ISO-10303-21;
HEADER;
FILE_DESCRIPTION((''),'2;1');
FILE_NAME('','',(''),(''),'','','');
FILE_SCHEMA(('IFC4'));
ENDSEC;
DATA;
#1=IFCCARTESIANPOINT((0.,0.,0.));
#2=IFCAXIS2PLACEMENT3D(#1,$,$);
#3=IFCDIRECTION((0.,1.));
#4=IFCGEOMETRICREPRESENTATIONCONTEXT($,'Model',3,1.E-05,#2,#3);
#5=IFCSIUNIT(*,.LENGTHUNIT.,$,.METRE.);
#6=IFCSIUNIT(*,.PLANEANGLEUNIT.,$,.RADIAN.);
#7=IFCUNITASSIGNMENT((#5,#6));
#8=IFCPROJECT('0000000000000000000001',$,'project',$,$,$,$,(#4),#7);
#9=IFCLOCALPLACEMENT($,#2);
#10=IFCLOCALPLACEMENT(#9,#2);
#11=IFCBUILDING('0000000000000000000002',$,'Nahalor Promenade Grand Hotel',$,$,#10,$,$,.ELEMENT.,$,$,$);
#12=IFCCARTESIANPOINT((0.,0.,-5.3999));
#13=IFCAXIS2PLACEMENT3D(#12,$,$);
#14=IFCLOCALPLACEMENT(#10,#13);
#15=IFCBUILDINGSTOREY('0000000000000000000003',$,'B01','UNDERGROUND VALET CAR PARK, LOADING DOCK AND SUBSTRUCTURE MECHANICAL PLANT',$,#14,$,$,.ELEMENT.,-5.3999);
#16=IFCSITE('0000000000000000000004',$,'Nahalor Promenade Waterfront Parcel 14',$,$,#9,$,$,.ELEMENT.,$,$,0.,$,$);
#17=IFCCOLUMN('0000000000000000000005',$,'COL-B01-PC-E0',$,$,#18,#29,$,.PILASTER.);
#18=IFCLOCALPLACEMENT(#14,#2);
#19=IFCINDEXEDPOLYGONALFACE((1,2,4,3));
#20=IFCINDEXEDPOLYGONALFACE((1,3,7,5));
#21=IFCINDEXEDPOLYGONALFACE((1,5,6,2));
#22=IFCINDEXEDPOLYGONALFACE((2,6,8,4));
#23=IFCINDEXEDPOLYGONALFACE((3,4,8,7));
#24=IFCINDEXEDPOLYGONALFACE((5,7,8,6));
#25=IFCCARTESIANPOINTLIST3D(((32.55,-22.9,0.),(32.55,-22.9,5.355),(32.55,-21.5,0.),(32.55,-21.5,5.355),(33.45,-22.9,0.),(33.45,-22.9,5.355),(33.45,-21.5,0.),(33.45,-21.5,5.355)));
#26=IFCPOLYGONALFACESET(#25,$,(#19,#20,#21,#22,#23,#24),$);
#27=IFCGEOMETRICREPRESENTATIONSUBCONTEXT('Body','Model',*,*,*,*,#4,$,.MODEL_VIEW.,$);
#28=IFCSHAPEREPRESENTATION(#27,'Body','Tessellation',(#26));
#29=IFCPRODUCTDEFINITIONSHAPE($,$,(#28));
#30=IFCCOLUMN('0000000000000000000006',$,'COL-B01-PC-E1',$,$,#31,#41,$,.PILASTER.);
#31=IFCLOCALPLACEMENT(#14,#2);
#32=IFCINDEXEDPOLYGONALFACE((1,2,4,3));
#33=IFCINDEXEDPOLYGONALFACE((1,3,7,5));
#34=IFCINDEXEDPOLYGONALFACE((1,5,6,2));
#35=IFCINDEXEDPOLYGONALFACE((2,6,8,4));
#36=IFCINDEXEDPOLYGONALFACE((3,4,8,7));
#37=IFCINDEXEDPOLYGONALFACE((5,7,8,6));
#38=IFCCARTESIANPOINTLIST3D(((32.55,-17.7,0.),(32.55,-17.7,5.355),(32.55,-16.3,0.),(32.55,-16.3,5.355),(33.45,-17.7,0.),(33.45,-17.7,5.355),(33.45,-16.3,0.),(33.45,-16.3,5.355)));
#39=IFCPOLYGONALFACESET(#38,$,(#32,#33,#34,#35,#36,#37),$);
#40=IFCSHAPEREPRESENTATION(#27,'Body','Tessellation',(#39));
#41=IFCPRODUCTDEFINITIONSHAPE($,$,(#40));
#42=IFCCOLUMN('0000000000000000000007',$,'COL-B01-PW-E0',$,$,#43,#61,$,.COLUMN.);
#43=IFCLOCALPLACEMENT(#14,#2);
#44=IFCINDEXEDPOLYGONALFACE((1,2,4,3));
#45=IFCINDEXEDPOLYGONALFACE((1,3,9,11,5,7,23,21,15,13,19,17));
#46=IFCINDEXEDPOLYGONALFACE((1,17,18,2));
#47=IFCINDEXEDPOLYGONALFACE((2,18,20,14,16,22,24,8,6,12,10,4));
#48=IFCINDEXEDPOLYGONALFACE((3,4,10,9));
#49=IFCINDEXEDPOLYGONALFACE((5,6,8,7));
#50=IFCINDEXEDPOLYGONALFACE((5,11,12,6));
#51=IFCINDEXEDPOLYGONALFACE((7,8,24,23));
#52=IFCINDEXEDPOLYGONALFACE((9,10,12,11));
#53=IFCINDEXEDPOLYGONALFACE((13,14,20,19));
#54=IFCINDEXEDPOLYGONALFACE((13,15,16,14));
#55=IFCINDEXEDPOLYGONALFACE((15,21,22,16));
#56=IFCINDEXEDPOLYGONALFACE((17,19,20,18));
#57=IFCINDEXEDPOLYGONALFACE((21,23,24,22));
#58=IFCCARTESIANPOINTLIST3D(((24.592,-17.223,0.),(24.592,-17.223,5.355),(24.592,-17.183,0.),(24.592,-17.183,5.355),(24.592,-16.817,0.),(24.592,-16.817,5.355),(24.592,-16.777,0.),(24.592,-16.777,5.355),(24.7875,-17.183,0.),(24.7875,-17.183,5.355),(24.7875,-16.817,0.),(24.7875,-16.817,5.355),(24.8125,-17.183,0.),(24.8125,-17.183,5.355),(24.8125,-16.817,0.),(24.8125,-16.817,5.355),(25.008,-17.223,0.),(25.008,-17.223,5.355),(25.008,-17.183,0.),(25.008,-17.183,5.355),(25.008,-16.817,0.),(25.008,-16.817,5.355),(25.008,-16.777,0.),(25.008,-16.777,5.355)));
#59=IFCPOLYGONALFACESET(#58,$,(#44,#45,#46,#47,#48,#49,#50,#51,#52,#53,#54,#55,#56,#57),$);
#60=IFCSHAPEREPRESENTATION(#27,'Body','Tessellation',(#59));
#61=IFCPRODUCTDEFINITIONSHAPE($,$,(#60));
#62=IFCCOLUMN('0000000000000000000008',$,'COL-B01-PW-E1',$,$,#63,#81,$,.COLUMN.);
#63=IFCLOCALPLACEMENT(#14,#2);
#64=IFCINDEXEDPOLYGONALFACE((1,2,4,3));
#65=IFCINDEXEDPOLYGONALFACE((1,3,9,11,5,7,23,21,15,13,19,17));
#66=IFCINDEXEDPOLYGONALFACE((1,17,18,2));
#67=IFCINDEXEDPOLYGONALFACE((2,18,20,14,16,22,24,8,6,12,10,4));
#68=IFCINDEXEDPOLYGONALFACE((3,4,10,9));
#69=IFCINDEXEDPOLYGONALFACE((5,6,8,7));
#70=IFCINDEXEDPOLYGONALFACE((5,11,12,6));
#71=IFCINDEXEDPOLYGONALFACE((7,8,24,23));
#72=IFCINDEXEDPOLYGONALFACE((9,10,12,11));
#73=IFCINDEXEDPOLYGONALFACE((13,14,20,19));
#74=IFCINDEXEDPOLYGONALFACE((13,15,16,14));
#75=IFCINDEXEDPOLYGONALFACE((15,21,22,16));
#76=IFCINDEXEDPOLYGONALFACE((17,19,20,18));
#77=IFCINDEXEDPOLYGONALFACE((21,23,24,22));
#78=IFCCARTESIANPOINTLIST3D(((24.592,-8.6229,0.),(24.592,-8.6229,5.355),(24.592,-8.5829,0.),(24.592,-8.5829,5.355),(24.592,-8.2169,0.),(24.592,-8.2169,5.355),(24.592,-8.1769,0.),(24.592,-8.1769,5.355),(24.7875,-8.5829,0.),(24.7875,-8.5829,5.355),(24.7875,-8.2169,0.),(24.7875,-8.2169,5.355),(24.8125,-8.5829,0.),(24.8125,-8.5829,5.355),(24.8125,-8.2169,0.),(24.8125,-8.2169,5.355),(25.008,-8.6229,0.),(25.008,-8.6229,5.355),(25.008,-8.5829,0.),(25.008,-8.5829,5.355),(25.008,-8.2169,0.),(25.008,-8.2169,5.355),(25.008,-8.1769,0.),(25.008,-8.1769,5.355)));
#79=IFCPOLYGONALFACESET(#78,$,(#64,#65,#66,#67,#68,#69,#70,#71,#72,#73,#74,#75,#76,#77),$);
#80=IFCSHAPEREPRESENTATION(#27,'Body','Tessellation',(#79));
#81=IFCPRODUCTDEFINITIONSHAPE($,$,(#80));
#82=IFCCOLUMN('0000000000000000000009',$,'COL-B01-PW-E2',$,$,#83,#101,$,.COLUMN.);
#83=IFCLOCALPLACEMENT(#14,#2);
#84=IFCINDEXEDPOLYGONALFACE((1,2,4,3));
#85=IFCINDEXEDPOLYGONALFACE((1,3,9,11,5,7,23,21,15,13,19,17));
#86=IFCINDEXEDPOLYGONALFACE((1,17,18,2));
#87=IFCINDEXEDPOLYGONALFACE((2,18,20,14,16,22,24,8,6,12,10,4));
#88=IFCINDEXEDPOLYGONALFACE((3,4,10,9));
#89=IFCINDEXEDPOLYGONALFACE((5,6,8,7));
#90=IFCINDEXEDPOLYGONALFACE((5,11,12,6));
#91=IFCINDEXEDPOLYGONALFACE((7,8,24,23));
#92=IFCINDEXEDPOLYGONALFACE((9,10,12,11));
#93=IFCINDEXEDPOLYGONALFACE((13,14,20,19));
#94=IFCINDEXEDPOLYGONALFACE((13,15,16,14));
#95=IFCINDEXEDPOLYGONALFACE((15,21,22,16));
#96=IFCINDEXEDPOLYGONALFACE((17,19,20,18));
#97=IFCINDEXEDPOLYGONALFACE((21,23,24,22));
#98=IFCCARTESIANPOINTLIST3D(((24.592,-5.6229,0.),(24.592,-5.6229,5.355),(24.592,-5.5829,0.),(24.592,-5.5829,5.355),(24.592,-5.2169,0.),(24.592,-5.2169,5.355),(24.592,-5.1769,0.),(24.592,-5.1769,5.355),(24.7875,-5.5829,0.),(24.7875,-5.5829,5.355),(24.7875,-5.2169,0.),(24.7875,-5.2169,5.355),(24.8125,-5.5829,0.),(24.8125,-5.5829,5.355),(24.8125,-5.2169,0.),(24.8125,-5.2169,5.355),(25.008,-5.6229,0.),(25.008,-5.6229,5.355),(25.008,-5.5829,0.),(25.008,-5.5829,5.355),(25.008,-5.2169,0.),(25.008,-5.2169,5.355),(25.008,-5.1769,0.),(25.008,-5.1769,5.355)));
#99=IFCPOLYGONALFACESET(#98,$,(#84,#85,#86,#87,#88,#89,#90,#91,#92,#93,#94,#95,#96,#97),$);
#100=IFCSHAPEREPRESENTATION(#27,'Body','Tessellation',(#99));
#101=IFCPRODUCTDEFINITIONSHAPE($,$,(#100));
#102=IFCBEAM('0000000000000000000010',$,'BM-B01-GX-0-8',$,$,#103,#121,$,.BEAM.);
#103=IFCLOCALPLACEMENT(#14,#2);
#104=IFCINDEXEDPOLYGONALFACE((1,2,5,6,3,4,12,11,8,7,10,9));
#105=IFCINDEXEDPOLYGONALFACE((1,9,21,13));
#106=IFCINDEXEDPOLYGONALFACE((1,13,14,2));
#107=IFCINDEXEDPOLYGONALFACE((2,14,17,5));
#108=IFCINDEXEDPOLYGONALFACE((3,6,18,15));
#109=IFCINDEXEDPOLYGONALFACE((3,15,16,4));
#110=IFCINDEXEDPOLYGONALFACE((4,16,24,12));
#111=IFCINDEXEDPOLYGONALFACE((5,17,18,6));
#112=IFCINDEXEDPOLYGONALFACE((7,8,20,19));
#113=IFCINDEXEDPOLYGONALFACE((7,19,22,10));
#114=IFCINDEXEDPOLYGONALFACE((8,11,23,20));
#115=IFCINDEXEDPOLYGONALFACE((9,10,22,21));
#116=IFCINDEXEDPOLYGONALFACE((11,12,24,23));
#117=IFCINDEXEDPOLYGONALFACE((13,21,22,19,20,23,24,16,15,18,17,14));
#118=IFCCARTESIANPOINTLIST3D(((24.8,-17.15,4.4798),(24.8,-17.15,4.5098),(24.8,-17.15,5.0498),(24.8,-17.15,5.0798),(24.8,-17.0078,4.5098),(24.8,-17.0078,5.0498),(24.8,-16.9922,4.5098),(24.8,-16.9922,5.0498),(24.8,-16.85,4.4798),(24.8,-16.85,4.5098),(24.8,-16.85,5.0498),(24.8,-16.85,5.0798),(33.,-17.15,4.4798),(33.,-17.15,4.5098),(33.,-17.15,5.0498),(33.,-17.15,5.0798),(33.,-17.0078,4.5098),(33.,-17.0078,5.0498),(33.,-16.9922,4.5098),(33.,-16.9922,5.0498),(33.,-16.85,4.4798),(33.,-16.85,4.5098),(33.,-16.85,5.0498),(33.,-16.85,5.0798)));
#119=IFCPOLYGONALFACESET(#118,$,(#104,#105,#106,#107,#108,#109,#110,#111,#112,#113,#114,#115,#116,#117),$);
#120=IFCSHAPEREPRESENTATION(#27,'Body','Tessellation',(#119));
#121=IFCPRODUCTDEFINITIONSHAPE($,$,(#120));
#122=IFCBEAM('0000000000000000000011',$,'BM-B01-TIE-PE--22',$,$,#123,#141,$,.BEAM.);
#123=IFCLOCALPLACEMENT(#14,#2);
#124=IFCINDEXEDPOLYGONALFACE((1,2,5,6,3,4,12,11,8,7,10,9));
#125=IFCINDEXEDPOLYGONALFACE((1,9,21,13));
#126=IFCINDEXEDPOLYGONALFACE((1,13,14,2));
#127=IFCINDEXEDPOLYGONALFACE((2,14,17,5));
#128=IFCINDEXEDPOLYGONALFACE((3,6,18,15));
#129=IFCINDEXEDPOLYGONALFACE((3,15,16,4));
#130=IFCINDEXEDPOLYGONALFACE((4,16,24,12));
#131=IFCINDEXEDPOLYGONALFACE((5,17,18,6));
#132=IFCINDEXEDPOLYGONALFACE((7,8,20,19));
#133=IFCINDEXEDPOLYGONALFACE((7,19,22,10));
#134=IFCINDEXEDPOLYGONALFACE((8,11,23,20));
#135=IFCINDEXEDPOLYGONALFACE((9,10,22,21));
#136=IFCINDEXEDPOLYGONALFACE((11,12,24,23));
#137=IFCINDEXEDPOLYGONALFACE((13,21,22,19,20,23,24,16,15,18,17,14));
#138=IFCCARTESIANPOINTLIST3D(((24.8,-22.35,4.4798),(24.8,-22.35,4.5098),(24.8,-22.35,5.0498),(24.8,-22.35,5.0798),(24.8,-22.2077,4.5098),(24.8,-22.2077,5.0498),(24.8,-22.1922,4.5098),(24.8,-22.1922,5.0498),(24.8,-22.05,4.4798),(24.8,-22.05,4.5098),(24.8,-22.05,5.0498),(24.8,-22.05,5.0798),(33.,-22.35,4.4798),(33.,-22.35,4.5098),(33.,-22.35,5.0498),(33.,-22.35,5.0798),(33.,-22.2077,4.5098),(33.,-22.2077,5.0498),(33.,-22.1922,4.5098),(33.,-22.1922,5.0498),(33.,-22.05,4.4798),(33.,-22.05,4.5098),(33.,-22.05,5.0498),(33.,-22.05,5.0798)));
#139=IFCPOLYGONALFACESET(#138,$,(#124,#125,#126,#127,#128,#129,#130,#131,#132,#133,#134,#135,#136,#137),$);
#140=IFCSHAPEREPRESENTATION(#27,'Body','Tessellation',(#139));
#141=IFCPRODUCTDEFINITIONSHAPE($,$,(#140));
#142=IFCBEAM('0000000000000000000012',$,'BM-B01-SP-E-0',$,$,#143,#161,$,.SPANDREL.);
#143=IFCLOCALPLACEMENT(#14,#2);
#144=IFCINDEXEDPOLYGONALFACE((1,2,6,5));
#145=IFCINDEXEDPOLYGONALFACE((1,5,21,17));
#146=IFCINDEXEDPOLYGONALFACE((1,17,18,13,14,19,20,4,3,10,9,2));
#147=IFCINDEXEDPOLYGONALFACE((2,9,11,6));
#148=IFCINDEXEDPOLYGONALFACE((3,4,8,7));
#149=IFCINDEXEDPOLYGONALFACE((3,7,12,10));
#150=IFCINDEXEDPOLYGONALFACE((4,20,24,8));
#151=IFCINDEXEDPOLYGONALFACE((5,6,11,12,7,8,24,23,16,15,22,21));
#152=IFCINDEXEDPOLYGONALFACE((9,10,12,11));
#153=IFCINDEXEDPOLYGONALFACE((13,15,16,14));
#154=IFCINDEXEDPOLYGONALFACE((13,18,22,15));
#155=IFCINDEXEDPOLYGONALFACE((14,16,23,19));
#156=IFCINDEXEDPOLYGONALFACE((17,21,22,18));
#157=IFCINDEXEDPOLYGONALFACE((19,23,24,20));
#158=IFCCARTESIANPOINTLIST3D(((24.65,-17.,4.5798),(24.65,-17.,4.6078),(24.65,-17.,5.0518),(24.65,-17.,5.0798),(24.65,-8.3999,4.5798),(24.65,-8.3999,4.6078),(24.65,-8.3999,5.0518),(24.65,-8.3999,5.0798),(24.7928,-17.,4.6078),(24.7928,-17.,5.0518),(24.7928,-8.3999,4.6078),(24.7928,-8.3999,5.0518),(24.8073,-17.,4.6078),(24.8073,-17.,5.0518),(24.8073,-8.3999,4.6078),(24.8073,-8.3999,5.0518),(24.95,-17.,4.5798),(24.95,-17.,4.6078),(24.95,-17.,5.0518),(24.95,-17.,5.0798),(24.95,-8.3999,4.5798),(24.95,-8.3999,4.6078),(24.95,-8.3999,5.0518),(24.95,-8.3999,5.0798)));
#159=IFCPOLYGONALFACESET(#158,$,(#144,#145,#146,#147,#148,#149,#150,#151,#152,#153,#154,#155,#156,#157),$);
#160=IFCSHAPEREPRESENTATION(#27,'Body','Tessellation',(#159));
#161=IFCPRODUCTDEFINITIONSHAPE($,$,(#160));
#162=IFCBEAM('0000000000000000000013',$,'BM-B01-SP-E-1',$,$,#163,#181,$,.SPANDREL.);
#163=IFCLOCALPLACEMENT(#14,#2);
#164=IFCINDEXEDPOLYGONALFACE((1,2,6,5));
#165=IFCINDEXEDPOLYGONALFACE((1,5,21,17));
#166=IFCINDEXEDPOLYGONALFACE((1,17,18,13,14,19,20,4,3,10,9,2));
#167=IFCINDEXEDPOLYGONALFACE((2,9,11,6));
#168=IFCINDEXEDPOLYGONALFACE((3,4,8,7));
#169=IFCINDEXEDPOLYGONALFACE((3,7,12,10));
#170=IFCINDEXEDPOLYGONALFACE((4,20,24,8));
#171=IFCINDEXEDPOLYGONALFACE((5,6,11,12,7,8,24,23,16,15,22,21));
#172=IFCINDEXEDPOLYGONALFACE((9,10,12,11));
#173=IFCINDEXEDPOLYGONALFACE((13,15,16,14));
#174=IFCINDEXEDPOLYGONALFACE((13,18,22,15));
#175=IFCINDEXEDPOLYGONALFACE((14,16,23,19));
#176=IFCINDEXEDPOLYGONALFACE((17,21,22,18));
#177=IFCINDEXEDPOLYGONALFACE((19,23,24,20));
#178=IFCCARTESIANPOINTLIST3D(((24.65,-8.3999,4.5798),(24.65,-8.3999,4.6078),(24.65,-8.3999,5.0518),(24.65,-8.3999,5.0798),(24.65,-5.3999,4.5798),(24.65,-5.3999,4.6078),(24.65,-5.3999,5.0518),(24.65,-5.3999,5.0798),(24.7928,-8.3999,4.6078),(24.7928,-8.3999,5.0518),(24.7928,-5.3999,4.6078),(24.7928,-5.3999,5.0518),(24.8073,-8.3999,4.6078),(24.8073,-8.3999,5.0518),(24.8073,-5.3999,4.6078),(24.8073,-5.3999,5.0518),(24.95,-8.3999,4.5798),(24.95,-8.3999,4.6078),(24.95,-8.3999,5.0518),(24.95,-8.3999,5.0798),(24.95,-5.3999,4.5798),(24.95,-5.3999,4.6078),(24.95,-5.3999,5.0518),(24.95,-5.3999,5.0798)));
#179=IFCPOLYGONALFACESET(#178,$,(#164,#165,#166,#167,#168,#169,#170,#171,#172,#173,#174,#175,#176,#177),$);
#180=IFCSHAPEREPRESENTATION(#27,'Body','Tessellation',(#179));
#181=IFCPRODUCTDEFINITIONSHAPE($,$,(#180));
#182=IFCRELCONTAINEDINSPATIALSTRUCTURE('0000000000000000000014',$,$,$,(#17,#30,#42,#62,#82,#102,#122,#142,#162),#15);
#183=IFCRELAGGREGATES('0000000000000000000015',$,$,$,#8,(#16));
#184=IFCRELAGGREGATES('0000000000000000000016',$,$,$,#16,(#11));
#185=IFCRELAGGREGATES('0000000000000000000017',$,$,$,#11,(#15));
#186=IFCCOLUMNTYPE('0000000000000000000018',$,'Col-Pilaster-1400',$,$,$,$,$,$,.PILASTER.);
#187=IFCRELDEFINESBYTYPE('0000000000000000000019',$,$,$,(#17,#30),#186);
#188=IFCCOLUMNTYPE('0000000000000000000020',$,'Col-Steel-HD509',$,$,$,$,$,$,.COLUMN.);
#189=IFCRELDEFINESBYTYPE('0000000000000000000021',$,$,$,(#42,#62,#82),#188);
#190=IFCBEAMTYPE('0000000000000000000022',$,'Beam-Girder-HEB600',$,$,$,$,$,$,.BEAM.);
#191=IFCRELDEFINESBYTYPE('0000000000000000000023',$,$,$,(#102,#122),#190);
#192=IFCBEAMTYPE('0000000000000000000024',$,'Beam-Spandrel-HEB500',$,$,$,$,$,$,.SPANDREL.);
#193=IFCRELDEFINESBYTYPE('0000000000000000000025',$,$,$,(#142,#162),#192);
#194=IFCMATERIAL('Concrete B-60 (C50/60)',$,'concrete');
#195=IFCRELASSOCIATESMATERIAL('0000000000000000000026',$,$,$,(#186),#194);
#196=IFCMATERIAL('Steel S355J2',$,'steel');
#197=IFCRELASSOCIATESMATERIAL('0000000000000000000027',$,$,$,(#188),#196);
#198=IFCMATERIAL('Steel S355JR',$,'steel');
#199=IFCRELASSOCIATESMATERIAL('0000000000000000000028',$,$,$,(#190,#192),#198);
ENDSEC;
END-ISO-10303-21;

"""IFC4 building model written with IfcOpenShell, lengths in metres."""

from ifc_helpers import new_model, si_unit, direction, frame, origin, origin_2d, place, context, subcontext, project, spatial, rectangle, i_section, extrude, source, transform, mapped, material, material_profile, profile_set, type_object, element, save


model = new_model("IFC4")

# Units and contexts
model_context = context("Model", 3, precision=1e-05, world=origin(), true_north=direction((0.0, 1.0)))
body_context = subcontext(model_context, "Body", "Model", "MODEL_VIEW")
ifc_project = project(units=[si_unit("LENGTHUNIT", "METRE"), si_unit("PLANEANGLEUNIT", "RADIAN")], contexts=[model_context])

# Site, building, storey
site_placement = place(None, origin())
site = spatial("IfcSite", under=ifc_project, at=site_placement, Name="Nahalor Promenade Waterfront Parcel 14", CompositionType="ELEMENT", RefElevation=0.0)
building_placement = place(site_placement, origin())
building = spatial("IfcBuilding", under=site, at=building_placement, Name="Nahalor Promenade Grand Hotel", CompositionType="ELEMENT")
storey_placement = place(building_placement, frame((0.0, 0.0, -5.3999)))
storey = spatial("IfcBuildingStorey", under=building, at=storey_placement, Name="B01", Description="UNDERGROUND VALET CAR PARK, LOADING DOCK AND SUBSTRUCTURE MECHANICAL PLANT", CompositionType="ELEMENT", Elevation=-5.3999)

# Columns
ifc_material_1 = material(Name="Concrete B-60 (C50/60)", Category="concrete")
ifc_material_profile_1 = material_profile(ifc_material_1, rectangle(XDim=0.9, YDim=1.4, at=origin_2d()), Name="RC 900x1400")
ifc_profile_set_1 = profile_set([ifc_material_profile_1], Name="Concrete B-60 (C50/60)")
column_type_1 = type_object("IfcColumnType", Name="Col-Pilaster-1400", PredefinedType="PILASTER", material=ifc_profile_set_1)
shared_shape_1 = source(origin(), body_context, "Body", "SweptSolid", [
    extrude(rectangle(XDim=0.9, YDim=1.4, at=origin_2d()), origin(), (0.0, 0.0, 1.0), 5.355),
])
for number, where, z_axis, x_axis, name in (
    (1, (33.0, -22.2, 0.0), (0.0, 0.0, 1.0), (1.0, 0.0, 0.0), "COL-B01-PC-E0"),
    (2, (33.0, -17.0, 0.0), (0.0, 0.0, 1.0), (1.0, 0.0, 0.0), "COL-B01-PC-E1"),
):
    element("IfcColumn", number, at=place(storey_placement, frame(where, z_axis=z_axis, x_axis=x_axis)), inside=storey, type_object=column_type_1, Name=name, PredefinedType="PILASTER", context=body_context, shape_type="MappedRepresentation", body=[
        mapped(shared_shape_1, transform((0.0, 0.0, 0.0), scale=1.0)),
    ])
ifc_material_2 = material(Name="Steel S355J2", Category="steel")
ifc_material_profile_2 = material_profile(ifc_material_2, i_section(OverallWidth=0.416, OverallDepth=0.446, WebThickness=0.025, FlangeThickness=0.04, at=origin_2d()), Name="HD 400x509")
ifc_profile_set_2 = profile_set([ifc_material_profile_2], Name="Steel S355J2")
column_type_2 = type_object("IfcColumnType", Name="Col-Steel-HD509", PredefinedType="COLUMN", material=ifc_profile_set_2)
shared_shape_2 = source(origin(), body_context, "Body", "SweptSolid", [
    extrude(i_section(OverallWidth=0.416, OverallDepth=0.446, WebThickness=0.025, FlangeThickness=0.04, at=origin_2d()), origin(), (0.0, 0.0, 1.0), 5.355),
])
for number, where, z_axis, x_axis, name in (
    (3, (24.8, -17.0, 0.0), (0.0, 0.0, 1.0), (1.0, 0.0, 0.0), "COL-B01-PW-E0"),
    (4, (24.8, -8.3999, 0.0), (0.0, 0.0, 1.0), (1.0, 0.0, 0.0), "COL-B01-PW-E1"),
    (5, (24.8, -5.3999, 0.0), (0.0, 0.0, 1.0), (1.0, 0.0, 0.0), "COL-B01-PW-E2"),
):
    element("IfcColumn", number, at=place(storey_placement, frame(where, z_axis=z_axis, x_axis=x_axis)), inside=storey, type_object=column_type_2, Name=name, PredefinedType="COLUMN", context=body_context, shape_type="MappedRepresentation", body=[
        mapped(shared_shape_2, transform((0.0, 0.0, 0.0), scale=1.0)),
    ])

# Beams
ifc_material_3 = material(Name="Steel S355JR", Category="steel")
ifc_material_profile_3 = material_profile(ifc_material_3, i_section(OverallWidth=0.3, OverallDepth=0.6, WebThickness=0.0155, FlangeThickness=0.03, at=origin_2d()), Name="HEB 600")
ifc_profile_set_3 = profile_set([ifc_material_profile_3], Name="Steel S355JR")
beam_type_1 = type_object("IfcBeamType", Name="Beam-Girder-HEB600", PredefinedType="BEAM", material=ifc_profile_set_3)
shared_shape_3 = source(origin(), body_context, "Body", "SweptSolid", [
    extrude(i_section(OverallWidth=0.3, OverallDepth=0.6, WebThickness=0.0155, FlangeThickness=0.03, at=origin_2d()), origin(), (0.0, 0.0, 1.0), 8.2),
])
for number, where, z_axis, x_axis, name in (
    (6, (24.8, -17.0, 4.7798), (1.0, 0.0, 0.0), (0.0, 1.0, 0.0), "BM-B01-GX-0-8"),
    (7, (24.8, -22.2, 4.7798), (1.0, 0.0, 0.0), (0.0, 1.0, 0.0), "BM-B01-TIE-PE--22"),
):
    element("IfcBeam", number, at=place(storey_placement, frame(where, z_axis=z_axis, x_axis=x_axis)), inside=storey, type_object=beam_type_1, Name=name, PredefinedType="BEAM", context=body_context, shape_type="MappedRepresentation", body=[
        mapped(shared_shape_3, transform((0.0, 0.0, 0.0), scale=1.0)),
    ])
ifc_material_profile_4 = material_profile(ifc_material_3, i_section(OverallWidth=0.3, OverallDepth=0.5, WebThickness=0.0145, FlangeThickness=0.028, at=origin_2d()), Name="HEB 500")
ifc_profile_set_4 = profile_set([ifc_material_profile_4], Name="Steel S355JR")
beam_type_2 = type_object("IfcBeamType", Name="Beam-Spandrel-HEB500", PredefinedType="SPANDREL", material=ifc_profile_set_4)
shared_shape_4 = source(origin(), body_context, "Body", "SweptSolid", [
    extrude(i_section(OverallWidth=0.3, OverallDepth=0.5, WebThickness=0.0145, FlangeThickness=0.028, at=origin_2d()), origin(), (0.0, 0.0, 1.0), 8.6001),
])
beam_1_placement = place(storey_placement, frame((24.8, -17.0, 4.8298), z_axis=(0.0, 1.0, 0.0), x_axis=(-1.0, 0.0, 0.0)))
element("IfcBeam", 8, at=beam_1_placement, inside=storey, type_object=beam_type_2, Name="BM-B01-SP-E-0", PredefinedType="SPANDREL", context=body_context, shape_type="MappedRepresentation", body=[
    mapped(shared_shape_4, transform((0.0, 0.0, 0.0), scale=1.0)),
])
shared_shape_5 = source(origin(), body_context, "Body", "SweptSolid", [
    extrude(i_section(OverallWidth=0.3, OverallDepth=0.5, WebThickness=0.0145, FlangeThickness=0.028, at=origin_2d()), origin(), (0.0, 0.0, 1.0), 3.0),
])
beam_2_placement = place(storey_placement, frame((24.8, -8.3999, 4.8298), z_axis=(0.0, 1.0, 0.0), x_axis=(-1.0, 0.0, 0.0)))
element("IfcBeam", 9, at=beam_2_placement, inside=storey, type_object=beam_type_2, Name="BM-B01-SP-E-1", PredefinedType="SPANDREL", context=body_context, shape_type="MappedRepresentation", body=[
    mapped(shared_shape_5, transform((0.0, 0.0, 0.0), scale=1.0)),
])

save(model, "model.ifc")
